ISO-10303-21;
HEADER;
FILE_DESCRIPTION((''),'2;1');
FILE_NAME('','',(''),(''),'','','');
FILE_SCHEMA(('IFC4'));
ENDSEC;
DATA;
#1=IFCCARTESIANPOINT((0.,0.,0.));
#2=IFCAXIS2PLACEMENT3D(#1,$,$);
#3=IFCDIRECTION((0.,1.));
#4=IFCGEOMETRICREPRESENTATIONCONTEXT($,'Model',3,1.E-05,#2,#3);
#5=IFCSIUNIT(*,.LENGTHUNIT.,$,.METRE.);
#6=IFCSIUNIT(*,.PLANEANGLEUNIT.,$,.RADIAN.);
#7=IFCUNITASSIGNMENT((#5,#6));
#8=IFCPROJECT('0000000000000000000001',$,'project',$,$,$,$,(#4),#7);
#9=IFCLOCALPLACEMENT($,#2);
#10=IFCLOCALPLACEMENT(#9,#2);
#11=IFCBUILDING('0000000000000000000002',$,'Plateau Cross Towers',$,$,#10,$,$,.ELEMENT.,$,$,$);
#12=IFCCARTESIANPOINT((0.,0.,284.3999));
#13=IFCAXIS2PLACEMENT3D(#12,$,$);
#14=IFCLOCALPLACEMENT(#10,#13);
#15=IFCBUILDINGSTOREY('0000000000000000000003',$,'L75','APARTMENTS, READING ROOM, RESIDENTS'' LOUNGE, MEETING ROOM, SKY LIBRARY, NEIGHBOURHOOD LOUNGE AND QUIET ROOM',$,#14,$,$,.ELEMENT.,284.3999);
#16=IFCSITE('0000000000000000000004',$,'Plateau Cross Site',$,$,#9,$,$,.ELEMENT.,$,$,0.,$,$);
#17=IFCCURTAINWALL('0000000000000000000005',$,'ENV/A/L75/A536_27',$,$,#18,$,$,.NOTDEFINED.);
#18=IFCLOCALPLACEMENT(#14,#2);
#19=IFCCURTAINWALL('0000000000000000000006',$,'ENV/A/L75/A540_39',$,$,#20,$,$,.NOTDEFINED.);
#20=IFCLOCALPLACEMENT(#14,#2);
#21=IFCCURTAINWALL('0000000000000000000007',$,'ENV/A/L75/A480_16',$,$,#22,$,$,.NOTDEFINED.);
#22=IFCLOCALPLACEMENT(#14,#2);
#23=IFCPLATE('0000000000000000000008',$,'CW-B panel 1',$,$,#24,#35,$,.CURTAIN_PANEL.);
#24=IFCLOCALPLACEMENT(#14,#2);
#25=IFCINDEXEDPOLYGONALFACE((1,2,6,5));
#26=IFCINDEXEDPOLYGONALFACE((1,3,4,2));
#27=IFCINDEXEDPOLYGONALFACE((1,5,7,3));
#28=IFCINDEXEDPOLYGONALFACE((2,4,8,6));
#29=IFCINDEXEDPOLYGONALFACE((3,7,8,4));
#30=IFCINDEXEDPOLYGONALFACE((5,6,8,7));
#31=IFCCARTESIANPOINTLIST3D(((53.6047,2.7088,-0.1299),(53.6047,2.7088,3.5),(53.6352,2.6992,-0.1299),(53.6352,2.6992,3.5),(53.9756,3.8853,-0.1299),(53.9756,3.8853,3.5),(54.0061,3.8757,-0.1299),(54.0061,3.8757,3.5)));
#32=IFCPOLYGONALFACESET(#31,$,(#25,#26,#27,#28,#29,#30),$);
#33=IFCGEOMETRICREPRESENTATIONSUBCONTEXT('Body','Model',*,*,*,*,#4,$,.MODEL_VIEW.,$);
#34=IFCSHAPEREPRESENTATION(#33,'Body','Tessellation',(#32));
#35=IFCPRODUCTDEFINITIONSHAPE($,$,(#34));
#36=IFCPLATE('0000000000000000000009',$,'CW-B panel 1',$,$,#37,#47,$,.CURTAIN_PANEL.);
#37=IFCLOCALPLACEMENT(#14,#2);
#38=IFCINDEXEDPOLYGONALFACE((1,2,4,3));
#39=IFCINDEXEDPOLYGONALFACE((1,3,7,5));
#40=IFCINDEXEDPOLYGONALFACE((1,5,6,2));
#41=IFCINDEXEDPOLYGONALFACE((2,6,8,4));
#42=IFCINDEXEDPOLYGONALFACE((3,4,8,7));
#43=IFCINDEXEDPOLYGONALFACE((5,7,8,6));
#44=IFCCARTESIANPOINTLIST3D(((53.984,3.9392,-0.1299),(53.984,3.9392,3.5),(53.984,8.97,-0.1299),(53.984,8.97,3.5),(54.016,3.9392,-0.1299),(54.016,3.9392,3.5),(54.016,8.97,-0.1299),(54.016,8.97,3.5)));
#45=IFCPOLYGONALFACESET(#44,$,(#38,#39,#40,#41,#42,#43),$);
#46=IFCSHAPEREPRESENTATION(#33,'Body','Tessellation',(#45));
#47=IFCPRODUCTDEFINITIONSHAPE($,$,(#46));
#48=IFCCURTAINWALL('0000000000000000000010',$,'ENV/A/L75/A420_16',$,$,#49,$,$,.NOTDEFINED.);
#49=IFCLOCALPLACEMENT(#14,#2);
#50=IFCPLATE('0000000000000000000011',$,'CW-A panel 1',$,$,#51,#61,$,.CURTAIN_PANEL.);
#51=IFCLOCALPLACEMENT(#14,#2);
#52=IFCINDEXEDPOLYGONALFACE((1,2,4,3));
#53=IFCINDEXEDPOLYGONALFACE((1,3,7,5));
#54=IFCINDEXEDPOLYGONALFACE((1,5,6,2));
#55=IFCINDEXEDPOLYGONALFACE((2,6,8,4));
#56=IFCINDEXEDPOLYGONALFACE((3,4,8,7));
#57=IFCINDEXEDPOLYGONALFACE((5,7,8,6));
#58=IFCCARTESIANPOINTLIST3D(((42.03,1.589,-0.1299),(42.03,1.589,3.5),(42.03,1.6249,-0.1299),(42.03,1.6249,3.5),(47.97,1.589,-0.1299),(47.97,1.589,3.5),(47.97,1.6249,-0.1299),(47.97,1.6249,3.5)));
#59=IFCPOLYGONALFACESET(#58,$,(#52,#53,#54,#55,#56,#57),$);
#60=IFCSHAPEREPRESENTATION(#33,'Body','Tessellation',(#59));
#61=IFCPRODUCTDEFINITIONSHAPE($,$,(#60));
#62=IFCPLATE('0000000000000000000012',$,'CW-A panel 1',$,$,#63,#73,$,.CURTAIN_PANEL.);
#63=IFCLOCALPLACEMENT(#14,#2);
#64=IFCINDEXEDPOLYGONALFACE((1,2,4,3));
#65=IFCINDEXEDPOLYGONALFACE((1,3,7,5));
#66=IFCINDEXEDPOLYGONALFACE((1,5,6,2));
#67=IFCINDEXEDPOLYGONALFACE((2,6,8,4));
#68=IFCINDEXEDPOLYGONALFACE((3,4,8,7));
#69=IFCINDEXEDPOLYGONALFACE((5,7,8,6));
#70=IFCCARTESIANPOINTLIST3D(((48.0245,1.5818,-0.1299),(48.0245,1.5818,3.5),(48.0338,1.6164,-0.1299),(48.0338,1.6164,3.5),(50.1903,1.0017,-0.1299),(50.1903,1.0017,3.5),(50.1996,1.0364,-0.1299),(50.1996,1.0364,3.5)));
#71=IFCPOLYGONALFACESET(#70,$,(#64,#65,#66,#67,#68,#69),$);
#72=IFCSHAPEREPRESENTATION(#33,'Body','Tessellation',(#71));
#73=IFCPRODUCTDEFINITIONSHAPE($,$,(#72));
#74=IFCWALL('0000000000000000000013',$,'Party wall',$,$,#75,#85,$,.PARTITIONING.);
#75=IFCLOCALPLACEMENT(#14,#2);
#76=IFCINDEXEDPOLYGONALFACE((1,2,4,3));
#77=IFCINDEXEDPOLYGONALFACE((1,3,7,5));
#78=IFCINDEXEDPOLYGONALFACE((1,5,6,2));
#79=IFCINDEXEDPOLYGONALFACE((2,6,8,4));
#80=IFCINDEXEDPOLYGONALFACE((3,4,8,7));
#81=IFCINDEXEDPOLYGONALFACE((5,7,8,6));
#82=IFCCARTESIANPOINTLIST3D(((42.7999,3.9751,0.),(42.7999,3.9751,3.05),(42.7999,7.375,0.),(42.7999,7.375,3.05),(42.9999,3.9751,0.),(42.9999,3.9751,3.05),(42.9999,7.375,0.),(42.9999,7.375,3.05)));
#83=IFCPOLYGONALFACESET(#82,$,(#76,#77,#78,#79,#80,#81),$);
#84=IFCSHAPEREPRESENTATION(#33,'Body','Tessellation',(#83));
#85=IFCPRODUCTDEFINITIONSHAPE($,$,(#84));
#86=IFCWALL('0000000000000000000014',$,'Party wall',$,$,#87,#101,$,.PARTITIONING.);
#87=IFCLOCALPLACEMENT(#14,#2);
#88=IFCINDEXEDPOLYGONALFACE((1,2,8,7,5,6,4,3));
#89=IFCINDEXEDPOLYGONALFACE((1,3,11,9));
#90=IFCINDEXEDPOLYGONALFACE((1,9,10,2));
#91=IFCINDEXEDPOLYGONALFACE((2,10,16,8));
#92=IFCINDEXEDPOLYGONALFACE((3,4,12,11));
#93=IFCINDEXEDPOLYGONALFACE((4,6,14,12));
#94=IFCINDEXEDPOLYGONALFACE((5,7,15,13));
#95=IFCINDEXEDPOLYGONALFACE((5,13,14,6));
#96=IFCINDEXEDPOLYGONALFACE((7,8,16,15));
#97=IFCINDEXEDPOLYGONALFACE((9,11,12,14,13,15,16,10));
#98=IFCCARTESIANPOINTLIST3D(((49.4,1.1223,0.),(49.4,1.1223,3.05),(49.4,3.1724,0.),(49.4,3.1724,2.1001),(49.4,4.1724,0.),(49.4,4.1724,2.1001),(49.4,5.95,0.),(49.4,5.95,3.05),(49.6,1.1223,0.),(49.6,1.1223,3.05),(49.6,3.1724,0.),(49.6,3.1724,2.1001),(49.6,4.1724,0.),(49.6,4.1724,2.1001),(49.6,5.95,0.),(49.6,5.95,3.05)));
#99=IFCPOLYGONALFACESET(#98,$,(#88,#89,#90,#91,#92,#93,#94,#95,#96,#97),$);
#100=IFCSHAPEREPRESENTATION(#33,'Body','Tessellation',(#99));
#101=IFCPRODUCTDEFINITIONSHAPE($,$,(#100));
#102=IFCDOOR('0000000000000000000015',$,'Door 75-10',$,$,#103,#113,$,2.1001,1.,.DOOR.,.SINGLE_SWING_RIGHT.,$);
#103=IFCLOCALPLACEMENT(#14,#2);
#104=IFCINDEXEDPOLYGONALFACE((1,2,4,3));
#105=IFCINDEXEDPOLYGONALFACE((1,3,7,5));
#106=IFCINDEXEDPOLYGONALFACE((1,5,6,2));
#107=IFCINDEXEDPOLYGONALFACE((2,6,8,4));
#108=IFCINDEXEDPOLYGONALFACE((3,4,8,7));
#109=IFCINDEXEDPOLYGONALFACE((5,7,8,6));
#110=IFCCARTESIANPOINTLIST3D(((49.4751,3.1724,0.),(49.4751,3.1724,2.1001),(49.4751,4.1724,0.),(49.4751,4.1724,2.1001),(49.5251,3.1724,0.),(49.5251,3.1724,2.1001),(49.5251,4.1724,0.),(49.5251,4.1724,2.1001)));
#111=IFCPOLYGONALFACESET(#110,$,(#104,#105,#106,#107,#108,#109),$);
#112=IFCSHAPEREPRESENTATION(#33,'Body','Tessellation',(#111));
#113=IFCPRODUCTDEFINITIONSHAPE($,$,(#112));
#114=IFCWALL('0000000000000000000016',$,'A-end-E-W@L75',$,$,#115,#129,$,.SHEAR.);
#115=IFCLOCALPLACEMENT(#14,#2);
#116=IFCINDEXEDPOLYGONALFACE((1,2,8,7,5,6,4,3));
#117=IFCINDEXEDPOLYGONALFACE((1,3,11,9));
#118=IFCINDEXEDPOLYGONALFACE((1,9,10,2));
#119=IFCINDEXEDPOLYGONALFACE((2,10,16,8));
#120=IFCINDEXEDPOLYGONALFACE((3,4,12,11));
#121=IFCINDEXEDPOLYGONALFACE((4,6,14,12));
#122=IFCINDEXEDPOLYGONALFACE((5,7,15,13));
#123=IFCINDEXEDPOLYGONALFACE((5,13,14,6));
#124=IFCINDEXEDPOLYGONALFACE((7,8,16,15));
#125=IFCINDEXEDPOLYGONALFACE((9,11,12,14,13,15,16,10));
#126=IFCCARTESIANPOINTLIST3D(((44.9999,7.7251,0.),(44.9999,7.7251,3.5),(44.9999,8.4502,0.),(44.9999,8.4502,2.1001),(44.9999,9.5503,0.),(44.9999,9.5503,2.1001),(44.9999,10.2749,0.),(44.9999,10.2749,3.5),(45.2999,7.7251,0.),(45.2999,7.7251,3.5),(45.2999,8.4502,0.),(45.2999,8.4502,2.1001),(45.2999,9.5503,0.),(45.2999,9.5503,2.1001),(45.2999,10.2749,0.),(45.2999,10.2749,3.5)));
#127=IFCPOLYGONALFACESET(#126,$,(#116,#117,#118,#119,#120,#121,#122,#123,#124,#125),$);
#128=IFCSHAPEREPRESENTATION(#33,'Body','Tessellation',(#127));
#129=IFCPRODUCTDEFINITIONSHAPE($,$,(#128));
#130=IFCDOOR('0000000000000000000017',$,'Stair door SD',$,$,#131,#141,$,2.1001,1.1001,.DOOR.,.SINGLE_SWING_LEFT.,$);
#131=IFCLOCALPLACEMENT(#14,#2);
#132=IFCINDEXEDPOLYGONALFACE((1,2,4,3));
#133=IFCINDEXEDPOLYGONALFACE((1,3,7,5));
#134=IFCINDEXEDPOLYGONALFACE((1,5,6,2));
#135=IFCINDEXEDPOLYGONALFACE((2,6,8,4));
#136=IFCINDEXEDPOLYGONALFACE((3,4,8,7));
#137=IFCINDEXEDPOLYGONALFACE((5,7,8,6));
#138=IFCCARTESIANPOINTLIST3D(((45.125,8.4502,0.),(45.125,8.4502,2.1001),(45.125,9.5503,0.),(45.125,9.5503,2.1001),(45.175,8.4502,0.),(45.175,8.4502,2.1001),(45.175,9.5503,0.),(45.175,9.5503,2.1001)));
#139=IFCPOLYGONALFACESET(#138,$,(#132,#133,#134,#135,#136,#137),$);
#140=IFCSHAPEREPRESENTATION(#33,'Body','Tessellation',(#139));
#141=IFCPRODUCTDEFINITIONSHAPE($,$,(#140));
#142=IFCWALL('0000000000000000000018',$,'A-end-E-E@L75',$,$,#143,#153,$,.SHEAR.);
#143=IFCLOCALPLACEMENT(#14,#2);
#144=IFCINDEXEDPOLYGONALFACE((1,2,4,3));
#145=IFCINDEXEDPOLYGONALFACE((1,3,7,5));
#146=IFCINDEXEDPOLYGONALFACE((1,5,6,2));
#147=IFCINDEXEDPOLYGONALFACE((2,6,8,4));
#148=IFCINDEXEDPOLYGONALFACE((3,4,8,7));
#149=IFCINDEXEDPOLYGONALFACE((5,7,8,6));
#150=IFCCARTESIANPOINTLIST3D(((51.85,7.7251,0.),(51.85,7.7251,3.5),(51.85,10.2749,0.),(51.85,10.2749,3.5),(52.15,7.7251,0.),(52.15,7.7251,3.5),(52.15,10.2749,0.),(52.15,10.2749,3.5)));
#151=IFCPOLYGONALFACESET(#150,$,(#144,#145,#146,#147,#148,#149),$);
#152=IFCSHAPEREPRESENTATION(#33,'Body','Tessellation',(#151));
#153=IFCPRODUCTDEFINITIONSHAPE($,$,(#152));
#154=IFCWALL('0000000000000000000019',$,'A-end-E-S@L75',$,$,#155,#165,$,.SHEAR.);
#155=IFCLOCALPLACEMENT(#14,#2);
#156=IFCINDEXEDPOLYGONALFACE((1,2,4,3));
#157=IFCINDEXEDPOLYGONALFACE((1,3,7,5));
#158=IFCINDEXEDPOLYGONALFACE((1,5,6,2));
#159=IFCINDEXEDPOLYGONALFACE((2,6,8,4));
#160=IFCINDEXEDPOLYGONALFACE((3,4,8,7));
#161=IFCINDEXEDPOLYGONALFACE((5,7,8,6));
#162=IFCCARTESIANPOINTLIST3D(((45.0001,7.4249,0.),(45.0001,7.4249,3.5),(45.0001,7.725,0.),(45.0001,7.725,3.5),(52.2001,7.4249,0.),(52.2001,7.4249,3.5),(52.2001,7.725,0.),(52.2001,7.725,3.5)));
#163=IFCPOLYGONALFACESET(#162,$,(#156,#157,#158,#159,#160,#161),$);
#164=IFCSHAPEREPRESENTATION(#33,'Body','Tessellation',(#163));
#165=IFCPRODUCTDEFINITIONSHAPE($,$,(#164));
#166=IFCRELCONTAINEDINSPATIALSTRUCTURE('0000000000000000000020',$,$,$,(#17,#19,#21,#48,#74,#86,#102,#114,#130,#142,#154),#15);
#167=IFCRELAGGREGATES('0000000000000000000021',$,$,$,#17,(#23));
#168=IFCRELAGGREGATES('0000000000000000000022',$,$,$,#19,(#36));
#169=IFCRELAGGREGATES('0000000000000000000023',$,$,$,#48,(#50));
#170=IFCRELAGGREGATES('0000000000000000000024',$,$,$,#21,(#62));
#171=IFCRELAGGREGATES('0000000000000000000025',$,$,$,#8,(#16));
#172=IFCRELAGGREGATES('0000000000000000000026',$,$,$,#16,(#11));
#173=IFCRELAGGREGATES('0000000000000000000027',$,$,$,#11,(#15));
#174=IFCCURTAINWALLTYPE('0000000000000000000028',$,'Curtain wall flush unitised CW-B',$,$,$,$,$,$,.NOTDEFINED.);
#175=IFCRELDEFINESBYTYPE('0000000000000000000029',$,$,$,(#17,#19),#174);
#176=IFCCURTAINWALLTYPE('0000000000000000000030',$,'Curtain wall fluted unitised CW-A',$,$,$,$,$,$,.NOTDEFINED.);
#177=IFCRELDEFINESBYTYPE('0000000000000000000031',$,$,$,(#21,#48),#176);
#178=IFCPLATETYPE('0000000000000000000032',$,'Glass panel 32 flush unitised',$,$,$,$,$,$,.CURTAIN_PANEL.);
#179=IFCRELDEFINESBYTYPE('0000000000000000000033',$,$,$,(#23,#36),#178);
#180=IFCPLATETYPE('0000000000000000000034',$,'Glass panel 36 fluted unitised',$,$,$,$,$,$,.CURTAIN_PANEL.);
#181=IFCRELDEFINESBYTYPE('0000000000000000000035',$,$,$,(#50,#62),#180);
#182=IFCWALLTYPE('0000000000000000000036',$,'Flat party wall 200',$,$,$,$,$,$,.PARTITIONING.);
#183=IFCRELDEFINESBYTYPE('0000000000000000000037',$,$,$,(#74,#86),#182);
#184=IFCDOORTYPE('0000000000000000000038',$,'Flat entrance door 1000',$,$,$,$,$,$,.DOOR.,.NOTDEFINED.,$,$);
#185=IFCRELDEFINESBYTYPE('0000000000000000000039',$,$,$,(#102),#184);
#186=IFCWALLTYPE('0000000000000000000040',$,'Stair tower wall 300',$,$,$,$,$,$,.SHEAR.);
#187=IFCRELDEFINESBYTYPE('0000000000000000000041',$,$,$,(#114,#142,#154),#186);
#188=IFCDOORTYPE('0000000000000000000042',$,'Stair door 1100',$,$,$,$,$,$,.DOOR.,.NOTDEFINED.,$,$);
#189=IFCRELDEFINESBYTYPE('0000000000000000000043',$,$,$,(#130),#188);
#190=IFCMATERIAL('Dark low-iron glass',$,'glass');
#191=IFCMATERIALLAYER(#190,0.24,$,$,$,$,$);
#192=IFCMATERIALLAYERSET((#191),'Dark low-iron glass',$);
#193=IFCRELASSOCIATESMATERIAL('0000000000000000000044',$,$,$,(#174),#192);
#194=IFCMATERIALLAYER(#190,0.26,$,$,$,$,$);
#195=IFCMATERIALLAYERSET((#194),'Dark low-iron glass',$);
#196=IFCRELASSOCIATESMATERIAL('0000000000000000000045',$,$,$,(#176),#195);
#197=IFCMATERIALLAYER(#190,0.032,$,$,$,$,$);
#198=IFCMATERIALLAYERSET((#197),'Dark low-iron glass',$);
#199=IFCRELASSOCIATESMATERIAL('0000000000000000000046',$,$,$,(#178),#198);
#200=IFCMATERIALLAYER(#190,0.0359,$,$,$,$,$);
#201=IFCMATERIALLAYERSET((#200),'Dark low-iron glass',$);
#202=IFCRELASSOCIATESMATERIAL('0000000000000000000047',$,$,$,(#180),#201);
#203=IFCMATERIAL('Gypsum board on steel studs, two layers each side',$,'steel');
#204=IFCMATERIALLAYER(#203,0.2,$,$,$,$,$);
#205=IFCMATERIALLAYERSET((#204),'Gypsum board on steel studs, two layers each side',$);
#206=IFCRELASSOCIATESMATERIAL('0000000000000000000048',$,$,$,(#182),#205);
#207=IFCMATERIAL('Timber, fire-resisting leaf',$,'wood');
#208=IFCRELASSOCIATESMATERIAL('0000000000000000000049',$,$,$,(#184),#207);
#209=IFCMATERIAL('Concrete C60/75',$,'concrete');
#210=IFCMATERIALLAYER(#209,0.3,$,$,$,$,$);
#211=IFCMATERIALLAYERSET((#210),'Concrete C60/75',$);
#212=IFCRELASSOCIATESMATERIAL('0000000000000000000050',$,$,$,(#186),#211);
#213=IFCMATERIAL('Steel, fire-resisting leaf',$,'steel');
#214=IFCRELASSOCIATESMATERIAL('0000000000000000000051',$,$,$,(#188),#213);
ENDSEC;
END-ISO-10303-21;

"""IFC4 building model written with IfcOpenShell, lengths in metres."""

from ifc_helpers import new_model, si_unit, direction, frame, frame_2d, origin, origin_2d, place, context, subcontext, project, spatial, rectangle, extrude, material, layer, layer_set, type_object, element, fill, aggregate, save


model = new_model("IFC4")

# Units and contexts
model_context = context("Model", 3, precision=1e-05, world=origin(), true_north=direction((0.0, 1.0)))
body_context = subcontext(model_context, "Body", "Model", "MODEL_VIEW")
ifc_project = project(units=[si_unit("LENGTHUNIT", "METRE"), si_unit("PLANEANGLEUNIT", "RADIAN")], contexts=[model_context])

# Site, building, storey
site_placement = place(None, origin())
site = spatial("IfcSite", under=ifc_project, at=site_placement, Name="Plateau Cross Site", CompositionType="ELEMENT", RefElevation=0.0)
building_placement = place(site_placement, origin())
building = spatial("IfcBuilding", under=site, at=building_placement, Name="Plateau Cross Towers", CompositionType="ELEMENT")
storey_placement = place(building_placement, frame((0.0, 0.0, 284.3999)))
storey = spatial("IfcBuildingStorey", under=building, at=storey_placement, Name="L75", Description="APARTMENTS, READING ROOM, RESIDENTS' LOUNGE, MEETING ROOM, SKY LIBRARY, NEIGHBOURHOOD LOUNGE AND QUIET ROOM", CompositionType="ELEMENT", Elevation=284.3999)

# Shared definitions
ifc_material_1 = material(Name="Concrete C60/75", Category="concrete")

# Shared definitions
ifc_material_2 = material(Name="Dark low-iron glass", Category="glass")
ifc_layer_1 = layer(ifc_material_2, 0.24)
ifc_layer_set_1 = layer_set([ifc_layer_1], Name="Dark low-iron glass")
curtain_wall_type_1 = type_object("IfcCurtainWallType", Name="Curtain wall flush unitised CW-B", PredefinedType="NOTDEFINED", material=ifc_layer_set_1)

# Curtain walls
curtain_wall_1_placement = place(storey_placement, origin())
curtain_wall_1 = element("IfcCurtainWall", 1, at=curtain_wall_1_placement, inside=storey, type_object=curtain_wall_type_1, Name="ENV/A/L75/A536_27", PredefinedType="NOTDEFINED")
curtain_wall_2_placement = place(storey_placement, origin())
curtain_wall_2 = element("IfcCurtainWall", 2, at=curtain_wall_2_placement, inside=storey, type_object=curtain_wall_type_1, Name="ENV/A/L75/A540_39", PredefinedType="NOTDEFINED")
ifc_layer_2 = layer(ifc_material_2, 0.26)
ifc_layer_set_2 = layer_set([ifc_layer_2], Name="Dark low-iron glass")
curtain_wall_type_2 = type_object("IfcCurtainWallType", Name="Curtain wall fluted unitised CW-A", PredefinedType="NOTDEFINED", material=ifc_layer_set_2)
curtain_wall_3_placement = place(storey_placement, origin())
curtain_wall_3 = element("IfcCurtainWall", 3, at=curtain_wall_3_placement, inside=storey, type_object=curtain_wall_type_2, Name="ENV/A/L75/A480_16", PredefinedType="NOTDEFINED")

# Plates
ifc_layer_3 = layer(ifc_material_2, 0.032)
ifc_layer_set_3 = layer_set([ifc_layer_3], Name="Dark low-iron glass")
plate_type_1 = type_object("IfcPlateType", Name="Glass panel 32 flush unitised", PredefinedType="CURTAIN_PANEL", material=ifc_layer_set_3)
plate_1_placement = place(storey_placement, frame((53.8054, 3.2922, -0.1299), z_axis=(0.0, 0.0, 1.0), x_axis=(0.300686, 0.953723, 0.0)))
plate_1 = element("IfcPlate", 4, at=plate_1_placement, type_object=plate_type_1, Name="CW-B panel 1", PredefinedType="CURTAIN_PANEL", context=body_context, shape_type="SweptSolid", body=[
    extrude(rectangle(XDim=1.2336, YDim=0.032, at=origin_2d()), origin(), (0.0, 0.0, 1.0), 3.6299),
])
aggregate(curtain_wall_1, [plate_1])
plate_2_placement = place(storey_placement, frame((54.0, 6.4546, -0.1299), z_axis=(0.0, 0.0, 1.0), x_axis=(0.0, 1.0, 0.0)))
plate_2 = element("IfcPlate", 5, at=plate_2_placement, type_object=plate_type_1, Name="CW-B panel 1", PredefinedType="CURTAIN_PANEL", context=body_context, shape_type="SweptSolid", body=[
    extrude(rectangle(XDim=5.0308, YDim=0.032, at=origin_2d()), origin(), (0.0, 0.0, 1.0), 3.6299),
])
aggregate(curtain_wall_2, [plate_2])

# Curtain wall, plate
curtain_wall_4_placement = place(storey_placement, origin())
curtain_wall_4 = element("IfcCurtainWall", 6, at=curtain_wall_4_placement, inside=storey, type_object=curtain_wall_type_2, Name="ENV/A/L75/A420_16", PredefinedType="NOTDEFINED")
ifc_layer_4 = layer(ifc_material_2, 0.0359)
ifc_layer_set_4 = layer_set([ifc_layer_4], Name="Dark low-iron glass")
plate_type_2 = type_object("IfcPlateType", Name="Glass panel 36 fluted unitised", PredefinedType="CURTAIN_PANEL", material=ifc_layer_set_4)
plate_3_placement = place(storey_placement, frame((45.0, 1.6069, -0.1299), z_axis=(0.0, 0.0, 1.0), x_axis=(1.0, 0.0, 0.0)))
plate_3 = element("IfcPlate", 7, at=plate_3_placement, type_object=plate_type_2, Name="CW-A panel 1", PredefinedType="CURTAIN_PANEL", context=body_context, shape_type="SweptSolid", body=[
    extrude(rectangle(XDim=5.9399, YDim=0.0359, at=origin_2d()), origin(), (0.0, 0.0, 1.0), 3.6299),
])
aggregate(curtain_wall_4, [plate_3])

# Plate
plate_4_placement = place(storey_placement, frame((49.1121, 1.3091, -0.1299), z_axis=(0.0, 0.0, 1.0), x_axis=(0.965958, -0.258699, 0.0)))
plate_4 = element("IfcPlate", 8, at=plate_4_placement, type_object=plate_type_2, Name="CW-A panel 1", PredefinedType="CURTAIN_PANEL", context=body_context, shape_type="SweptSolid", body=[
    extrude(rectangle(XDim=2.2422, YDim=0.0359, at=origin_2d()), origin(), (0.0, 0.0, 1.0), 3.6299),
])
aggregate(curtain_wall_3, [plate_4])

# Wall
ifc_material_3 = material(Name="Gypsum board on steel studs, two layers each side", Category="steel")
ifc_layer_5 = layer(ifc_material_3, 0.2)
ifc_layer_set_5 = layer_set([ifc_layer_5], Name="Gypsum board on steel studs, two layers each side")
wall_type_1 = type_object("IfcWallType", Name="Flat party wall 200", PredefinedType="PARTITIONING", material=ifc_layer_set_5)
wall_1_placement = place(storey_placement, frame((42.8999, 3.9751, 0.0), z_axis=(0.0, 0.0, 1.0), x_axis=(0.0, 1.0, 0.0)))
element("IfcWall", 9, at=wall_1_placement, inside=storey, type_object=wall_type_1, Name="Party wall", PredefinedType="PARTITIONING", context=body_context, shape_type="SweptSolid", body=[
    extrude(rectangle(XDim=3.3999, YDim=0.2, at=frame_2d((1.7, 0.0))), origin(), (0.0, 0.0, 1.0), 3.05),
])

# Walls, openings, doors
wall_2_placement = place(storey_placement, frame((49.5, 1.1223, 0.0), z_axis=(0.0, 0.0, 1.0), x_axis=(0.0, 1.0, 0.0)))
wall_2 = element("IfcWall", 10, at=wall_2_placement, inside=storey, type_object=wall_type_1, Name="Party wall", PredefinedType="PARTITIONING", context=body_context, shape_type="SweptSolid", body=[
    extrude(rectangle(XDim=4.8276, YDim=0.2, at=frame_2d((2.4138, 0.0))), origin(), (0.0, 0.0, 1.0), 3.05),
])
opening_1_placement = place(wall_2_placement, frame((2.05, 0.0, 0.0)))
opening_1 = element("IfcOpeningElement", 11, at=opening_1_placement, cuts=wall_2, PredefinedType="OPENING", context=body_context, shape_type="SweptSolid", body=[
    extrude(rectangle(XDim=1.0, YDim=2.1001, at=frame_2d((0.5, 1.05))), frame((0.0, 0.1099, 0.0), z_axis=(0.0, -1.0, 0.0), x_axis=(1.0, 0.0, 0.0)), (0.0, 0.0, 1.0), 0.22),
])
ifc_material_4 = material(Name="Timber, fire-resisting leaf", Category="wood")
door_type_1 = type_object("IfcDoorType", Name="Flat entrance door 1000", OperationType="NOTDEFINED", PredefinedType="DOOR", material=ifc_material_4)
door_1_placement = place(opening_1_placement, origin())
door_1 = element("IfcDoor", 12, at=door_1_placement, inside=storey, type_object=door_type_1, Name="Door 75-10", OperationType="SINGLE_SWING_RIGHT", OverallHeight=2.1001, OverallWidth=1.0, PredefinedType="DOOR", context=body_context, shape_type="SweptSolid", body=[
    extrude(rectangle(XDim=1.0, YDim=2.1001, at=frame_2d((0.5, 1.05))), frame((0.0, 0.0249, 0.0), z_axis=(0.0, -1.0, 0.0), x_axis=(1.0, 0.0, 0.0)), (0.0, 0.0, 1.0), 0.05),
])
fill(opening_1, door_1)
ifc_layer_6 = layer(ifc_material_1, 0.3)
ifc_layer_set_6 = layer_set([ifc_layer_6], Name="Concrete C60/75")
wall_type_2 = type_object("IfcWallType", Name="Stair tower wall 300", PredefinedType="SHEAR", material=ifc_layer_set_6)
wall_3_placement = place(storey_placement, frame((45.1499, 7.7251, 0.0), z_axis=(0.0, 0.0, 1.0), x_axis=(0.0, 1.0, 0.0)))
wall_3 = element("IfcWall", 13, at=wall_3_placement, inside=storey, type_object=wall_type_2, Name="A-end-E-W@L75", PredefinedType="SHEAR", context=body_context, shape_type="SweptSolid", body=[
    extrude(rectangle(XDim=2.5498, YDim=0.3, at=frame_2d((1.2749, 0.0))), origin(), (0.0, 0.0, 1.0), 3.5),
])
opening_2_placement = place(wall_3_placement, frame((0.7251, 0.0, 0.0)))
opening_2 = element("IfcOpeningElement", 14, at=opening_2_placement, cuts=wall_3, PredefinedType="OPENING", context=body_context, shape_type="SweptSolid", body=[
    extrude(rectangle(XDim=1.1001, YDim=2.1001, at=frame_2d((0.55, 1.05))), frame((0.0, 0.1599, 0.0), z_axis=(0.0, -1.0, 0.0), x_axis=(1.0, 0.0, 0.0)), (0.0, 0.0, 1.0), 0.3201),
])
ifc_material_5 = material(Name="Steel, fire-resisting leaf", Category="steel")
door_type_2 = type_object("IfcDoorType", Name="Stair door 1100", OperationType="NOTDEFINED", PredefinedType="DOOR", material=ifc_material_5)
door_2_placement = place(opening_2_placement, origin())
door_2 = element("IfcDoor", 15, at=door_2_placement, inside=storey, type_object=door_type_2, Name="Stair door SD", OperationType="SINGLE_SWING_LEFT", OverallHeight=2.1001, OverallWidth=1.1001, PredefinedType="DOOR", context=body_context, shape_type="SweptSolid", body=[
    extrude(rectangle(XDim=1.1001, YDim=2.1001, at=frame_2d((0.55, 1.05))), frame((0.0, 0.0249, 0.0), z_axis=(0.0, -1.0, 0.0), x_axis=(1.0, 0.0, 0.0)), (0.0, 0.0, 1.0), 0.05),
])
fill(opening_2, door_2)

# Walls
wall_4_placement = place(storey_placement, frame((52.0, 7.7251, 0.0), z_axis=(0.0, 0.0, 1.0), x_axis=(0.0, 1.0, 0.0)))
element("IfcWall", 16, at=wall_4_placement, inside=storey, type_object=wall_type_2, Name="A-end-E-E@L75", PredefinedType="SHEAR", context=body_context, shape_type="SweptSolid", body=[
    extrude(rectangle(XDim=2.5498, YDim=0.3, at=frame_2d((1.2749, 0.0))), origin(), (0.0, 0.0, 1.0), 3.5),
])
wall_5_placement = place(storey_placement, frame((45.0, 7.575, 0.0), z_axis=(0.0, 0.0, 1.0), x_axis=(1.0, 0.0, 0.0)))
element("IfcWall", 17, at=wall_5_placement, inside=storey, type_object=wall_type_2, Name="A-end-E-S@L75", PredefinedType="SHEAR", context=body_context, shape_type="SweptSolid", body=[
    extrude(rectangle(XDim=7.2, YDim=0.3, at=frame_2d((3.6001, 0.0))), origin(), (0.0, 0.0, 1.0), 3.5),
])

save(model, "model.ifc")
